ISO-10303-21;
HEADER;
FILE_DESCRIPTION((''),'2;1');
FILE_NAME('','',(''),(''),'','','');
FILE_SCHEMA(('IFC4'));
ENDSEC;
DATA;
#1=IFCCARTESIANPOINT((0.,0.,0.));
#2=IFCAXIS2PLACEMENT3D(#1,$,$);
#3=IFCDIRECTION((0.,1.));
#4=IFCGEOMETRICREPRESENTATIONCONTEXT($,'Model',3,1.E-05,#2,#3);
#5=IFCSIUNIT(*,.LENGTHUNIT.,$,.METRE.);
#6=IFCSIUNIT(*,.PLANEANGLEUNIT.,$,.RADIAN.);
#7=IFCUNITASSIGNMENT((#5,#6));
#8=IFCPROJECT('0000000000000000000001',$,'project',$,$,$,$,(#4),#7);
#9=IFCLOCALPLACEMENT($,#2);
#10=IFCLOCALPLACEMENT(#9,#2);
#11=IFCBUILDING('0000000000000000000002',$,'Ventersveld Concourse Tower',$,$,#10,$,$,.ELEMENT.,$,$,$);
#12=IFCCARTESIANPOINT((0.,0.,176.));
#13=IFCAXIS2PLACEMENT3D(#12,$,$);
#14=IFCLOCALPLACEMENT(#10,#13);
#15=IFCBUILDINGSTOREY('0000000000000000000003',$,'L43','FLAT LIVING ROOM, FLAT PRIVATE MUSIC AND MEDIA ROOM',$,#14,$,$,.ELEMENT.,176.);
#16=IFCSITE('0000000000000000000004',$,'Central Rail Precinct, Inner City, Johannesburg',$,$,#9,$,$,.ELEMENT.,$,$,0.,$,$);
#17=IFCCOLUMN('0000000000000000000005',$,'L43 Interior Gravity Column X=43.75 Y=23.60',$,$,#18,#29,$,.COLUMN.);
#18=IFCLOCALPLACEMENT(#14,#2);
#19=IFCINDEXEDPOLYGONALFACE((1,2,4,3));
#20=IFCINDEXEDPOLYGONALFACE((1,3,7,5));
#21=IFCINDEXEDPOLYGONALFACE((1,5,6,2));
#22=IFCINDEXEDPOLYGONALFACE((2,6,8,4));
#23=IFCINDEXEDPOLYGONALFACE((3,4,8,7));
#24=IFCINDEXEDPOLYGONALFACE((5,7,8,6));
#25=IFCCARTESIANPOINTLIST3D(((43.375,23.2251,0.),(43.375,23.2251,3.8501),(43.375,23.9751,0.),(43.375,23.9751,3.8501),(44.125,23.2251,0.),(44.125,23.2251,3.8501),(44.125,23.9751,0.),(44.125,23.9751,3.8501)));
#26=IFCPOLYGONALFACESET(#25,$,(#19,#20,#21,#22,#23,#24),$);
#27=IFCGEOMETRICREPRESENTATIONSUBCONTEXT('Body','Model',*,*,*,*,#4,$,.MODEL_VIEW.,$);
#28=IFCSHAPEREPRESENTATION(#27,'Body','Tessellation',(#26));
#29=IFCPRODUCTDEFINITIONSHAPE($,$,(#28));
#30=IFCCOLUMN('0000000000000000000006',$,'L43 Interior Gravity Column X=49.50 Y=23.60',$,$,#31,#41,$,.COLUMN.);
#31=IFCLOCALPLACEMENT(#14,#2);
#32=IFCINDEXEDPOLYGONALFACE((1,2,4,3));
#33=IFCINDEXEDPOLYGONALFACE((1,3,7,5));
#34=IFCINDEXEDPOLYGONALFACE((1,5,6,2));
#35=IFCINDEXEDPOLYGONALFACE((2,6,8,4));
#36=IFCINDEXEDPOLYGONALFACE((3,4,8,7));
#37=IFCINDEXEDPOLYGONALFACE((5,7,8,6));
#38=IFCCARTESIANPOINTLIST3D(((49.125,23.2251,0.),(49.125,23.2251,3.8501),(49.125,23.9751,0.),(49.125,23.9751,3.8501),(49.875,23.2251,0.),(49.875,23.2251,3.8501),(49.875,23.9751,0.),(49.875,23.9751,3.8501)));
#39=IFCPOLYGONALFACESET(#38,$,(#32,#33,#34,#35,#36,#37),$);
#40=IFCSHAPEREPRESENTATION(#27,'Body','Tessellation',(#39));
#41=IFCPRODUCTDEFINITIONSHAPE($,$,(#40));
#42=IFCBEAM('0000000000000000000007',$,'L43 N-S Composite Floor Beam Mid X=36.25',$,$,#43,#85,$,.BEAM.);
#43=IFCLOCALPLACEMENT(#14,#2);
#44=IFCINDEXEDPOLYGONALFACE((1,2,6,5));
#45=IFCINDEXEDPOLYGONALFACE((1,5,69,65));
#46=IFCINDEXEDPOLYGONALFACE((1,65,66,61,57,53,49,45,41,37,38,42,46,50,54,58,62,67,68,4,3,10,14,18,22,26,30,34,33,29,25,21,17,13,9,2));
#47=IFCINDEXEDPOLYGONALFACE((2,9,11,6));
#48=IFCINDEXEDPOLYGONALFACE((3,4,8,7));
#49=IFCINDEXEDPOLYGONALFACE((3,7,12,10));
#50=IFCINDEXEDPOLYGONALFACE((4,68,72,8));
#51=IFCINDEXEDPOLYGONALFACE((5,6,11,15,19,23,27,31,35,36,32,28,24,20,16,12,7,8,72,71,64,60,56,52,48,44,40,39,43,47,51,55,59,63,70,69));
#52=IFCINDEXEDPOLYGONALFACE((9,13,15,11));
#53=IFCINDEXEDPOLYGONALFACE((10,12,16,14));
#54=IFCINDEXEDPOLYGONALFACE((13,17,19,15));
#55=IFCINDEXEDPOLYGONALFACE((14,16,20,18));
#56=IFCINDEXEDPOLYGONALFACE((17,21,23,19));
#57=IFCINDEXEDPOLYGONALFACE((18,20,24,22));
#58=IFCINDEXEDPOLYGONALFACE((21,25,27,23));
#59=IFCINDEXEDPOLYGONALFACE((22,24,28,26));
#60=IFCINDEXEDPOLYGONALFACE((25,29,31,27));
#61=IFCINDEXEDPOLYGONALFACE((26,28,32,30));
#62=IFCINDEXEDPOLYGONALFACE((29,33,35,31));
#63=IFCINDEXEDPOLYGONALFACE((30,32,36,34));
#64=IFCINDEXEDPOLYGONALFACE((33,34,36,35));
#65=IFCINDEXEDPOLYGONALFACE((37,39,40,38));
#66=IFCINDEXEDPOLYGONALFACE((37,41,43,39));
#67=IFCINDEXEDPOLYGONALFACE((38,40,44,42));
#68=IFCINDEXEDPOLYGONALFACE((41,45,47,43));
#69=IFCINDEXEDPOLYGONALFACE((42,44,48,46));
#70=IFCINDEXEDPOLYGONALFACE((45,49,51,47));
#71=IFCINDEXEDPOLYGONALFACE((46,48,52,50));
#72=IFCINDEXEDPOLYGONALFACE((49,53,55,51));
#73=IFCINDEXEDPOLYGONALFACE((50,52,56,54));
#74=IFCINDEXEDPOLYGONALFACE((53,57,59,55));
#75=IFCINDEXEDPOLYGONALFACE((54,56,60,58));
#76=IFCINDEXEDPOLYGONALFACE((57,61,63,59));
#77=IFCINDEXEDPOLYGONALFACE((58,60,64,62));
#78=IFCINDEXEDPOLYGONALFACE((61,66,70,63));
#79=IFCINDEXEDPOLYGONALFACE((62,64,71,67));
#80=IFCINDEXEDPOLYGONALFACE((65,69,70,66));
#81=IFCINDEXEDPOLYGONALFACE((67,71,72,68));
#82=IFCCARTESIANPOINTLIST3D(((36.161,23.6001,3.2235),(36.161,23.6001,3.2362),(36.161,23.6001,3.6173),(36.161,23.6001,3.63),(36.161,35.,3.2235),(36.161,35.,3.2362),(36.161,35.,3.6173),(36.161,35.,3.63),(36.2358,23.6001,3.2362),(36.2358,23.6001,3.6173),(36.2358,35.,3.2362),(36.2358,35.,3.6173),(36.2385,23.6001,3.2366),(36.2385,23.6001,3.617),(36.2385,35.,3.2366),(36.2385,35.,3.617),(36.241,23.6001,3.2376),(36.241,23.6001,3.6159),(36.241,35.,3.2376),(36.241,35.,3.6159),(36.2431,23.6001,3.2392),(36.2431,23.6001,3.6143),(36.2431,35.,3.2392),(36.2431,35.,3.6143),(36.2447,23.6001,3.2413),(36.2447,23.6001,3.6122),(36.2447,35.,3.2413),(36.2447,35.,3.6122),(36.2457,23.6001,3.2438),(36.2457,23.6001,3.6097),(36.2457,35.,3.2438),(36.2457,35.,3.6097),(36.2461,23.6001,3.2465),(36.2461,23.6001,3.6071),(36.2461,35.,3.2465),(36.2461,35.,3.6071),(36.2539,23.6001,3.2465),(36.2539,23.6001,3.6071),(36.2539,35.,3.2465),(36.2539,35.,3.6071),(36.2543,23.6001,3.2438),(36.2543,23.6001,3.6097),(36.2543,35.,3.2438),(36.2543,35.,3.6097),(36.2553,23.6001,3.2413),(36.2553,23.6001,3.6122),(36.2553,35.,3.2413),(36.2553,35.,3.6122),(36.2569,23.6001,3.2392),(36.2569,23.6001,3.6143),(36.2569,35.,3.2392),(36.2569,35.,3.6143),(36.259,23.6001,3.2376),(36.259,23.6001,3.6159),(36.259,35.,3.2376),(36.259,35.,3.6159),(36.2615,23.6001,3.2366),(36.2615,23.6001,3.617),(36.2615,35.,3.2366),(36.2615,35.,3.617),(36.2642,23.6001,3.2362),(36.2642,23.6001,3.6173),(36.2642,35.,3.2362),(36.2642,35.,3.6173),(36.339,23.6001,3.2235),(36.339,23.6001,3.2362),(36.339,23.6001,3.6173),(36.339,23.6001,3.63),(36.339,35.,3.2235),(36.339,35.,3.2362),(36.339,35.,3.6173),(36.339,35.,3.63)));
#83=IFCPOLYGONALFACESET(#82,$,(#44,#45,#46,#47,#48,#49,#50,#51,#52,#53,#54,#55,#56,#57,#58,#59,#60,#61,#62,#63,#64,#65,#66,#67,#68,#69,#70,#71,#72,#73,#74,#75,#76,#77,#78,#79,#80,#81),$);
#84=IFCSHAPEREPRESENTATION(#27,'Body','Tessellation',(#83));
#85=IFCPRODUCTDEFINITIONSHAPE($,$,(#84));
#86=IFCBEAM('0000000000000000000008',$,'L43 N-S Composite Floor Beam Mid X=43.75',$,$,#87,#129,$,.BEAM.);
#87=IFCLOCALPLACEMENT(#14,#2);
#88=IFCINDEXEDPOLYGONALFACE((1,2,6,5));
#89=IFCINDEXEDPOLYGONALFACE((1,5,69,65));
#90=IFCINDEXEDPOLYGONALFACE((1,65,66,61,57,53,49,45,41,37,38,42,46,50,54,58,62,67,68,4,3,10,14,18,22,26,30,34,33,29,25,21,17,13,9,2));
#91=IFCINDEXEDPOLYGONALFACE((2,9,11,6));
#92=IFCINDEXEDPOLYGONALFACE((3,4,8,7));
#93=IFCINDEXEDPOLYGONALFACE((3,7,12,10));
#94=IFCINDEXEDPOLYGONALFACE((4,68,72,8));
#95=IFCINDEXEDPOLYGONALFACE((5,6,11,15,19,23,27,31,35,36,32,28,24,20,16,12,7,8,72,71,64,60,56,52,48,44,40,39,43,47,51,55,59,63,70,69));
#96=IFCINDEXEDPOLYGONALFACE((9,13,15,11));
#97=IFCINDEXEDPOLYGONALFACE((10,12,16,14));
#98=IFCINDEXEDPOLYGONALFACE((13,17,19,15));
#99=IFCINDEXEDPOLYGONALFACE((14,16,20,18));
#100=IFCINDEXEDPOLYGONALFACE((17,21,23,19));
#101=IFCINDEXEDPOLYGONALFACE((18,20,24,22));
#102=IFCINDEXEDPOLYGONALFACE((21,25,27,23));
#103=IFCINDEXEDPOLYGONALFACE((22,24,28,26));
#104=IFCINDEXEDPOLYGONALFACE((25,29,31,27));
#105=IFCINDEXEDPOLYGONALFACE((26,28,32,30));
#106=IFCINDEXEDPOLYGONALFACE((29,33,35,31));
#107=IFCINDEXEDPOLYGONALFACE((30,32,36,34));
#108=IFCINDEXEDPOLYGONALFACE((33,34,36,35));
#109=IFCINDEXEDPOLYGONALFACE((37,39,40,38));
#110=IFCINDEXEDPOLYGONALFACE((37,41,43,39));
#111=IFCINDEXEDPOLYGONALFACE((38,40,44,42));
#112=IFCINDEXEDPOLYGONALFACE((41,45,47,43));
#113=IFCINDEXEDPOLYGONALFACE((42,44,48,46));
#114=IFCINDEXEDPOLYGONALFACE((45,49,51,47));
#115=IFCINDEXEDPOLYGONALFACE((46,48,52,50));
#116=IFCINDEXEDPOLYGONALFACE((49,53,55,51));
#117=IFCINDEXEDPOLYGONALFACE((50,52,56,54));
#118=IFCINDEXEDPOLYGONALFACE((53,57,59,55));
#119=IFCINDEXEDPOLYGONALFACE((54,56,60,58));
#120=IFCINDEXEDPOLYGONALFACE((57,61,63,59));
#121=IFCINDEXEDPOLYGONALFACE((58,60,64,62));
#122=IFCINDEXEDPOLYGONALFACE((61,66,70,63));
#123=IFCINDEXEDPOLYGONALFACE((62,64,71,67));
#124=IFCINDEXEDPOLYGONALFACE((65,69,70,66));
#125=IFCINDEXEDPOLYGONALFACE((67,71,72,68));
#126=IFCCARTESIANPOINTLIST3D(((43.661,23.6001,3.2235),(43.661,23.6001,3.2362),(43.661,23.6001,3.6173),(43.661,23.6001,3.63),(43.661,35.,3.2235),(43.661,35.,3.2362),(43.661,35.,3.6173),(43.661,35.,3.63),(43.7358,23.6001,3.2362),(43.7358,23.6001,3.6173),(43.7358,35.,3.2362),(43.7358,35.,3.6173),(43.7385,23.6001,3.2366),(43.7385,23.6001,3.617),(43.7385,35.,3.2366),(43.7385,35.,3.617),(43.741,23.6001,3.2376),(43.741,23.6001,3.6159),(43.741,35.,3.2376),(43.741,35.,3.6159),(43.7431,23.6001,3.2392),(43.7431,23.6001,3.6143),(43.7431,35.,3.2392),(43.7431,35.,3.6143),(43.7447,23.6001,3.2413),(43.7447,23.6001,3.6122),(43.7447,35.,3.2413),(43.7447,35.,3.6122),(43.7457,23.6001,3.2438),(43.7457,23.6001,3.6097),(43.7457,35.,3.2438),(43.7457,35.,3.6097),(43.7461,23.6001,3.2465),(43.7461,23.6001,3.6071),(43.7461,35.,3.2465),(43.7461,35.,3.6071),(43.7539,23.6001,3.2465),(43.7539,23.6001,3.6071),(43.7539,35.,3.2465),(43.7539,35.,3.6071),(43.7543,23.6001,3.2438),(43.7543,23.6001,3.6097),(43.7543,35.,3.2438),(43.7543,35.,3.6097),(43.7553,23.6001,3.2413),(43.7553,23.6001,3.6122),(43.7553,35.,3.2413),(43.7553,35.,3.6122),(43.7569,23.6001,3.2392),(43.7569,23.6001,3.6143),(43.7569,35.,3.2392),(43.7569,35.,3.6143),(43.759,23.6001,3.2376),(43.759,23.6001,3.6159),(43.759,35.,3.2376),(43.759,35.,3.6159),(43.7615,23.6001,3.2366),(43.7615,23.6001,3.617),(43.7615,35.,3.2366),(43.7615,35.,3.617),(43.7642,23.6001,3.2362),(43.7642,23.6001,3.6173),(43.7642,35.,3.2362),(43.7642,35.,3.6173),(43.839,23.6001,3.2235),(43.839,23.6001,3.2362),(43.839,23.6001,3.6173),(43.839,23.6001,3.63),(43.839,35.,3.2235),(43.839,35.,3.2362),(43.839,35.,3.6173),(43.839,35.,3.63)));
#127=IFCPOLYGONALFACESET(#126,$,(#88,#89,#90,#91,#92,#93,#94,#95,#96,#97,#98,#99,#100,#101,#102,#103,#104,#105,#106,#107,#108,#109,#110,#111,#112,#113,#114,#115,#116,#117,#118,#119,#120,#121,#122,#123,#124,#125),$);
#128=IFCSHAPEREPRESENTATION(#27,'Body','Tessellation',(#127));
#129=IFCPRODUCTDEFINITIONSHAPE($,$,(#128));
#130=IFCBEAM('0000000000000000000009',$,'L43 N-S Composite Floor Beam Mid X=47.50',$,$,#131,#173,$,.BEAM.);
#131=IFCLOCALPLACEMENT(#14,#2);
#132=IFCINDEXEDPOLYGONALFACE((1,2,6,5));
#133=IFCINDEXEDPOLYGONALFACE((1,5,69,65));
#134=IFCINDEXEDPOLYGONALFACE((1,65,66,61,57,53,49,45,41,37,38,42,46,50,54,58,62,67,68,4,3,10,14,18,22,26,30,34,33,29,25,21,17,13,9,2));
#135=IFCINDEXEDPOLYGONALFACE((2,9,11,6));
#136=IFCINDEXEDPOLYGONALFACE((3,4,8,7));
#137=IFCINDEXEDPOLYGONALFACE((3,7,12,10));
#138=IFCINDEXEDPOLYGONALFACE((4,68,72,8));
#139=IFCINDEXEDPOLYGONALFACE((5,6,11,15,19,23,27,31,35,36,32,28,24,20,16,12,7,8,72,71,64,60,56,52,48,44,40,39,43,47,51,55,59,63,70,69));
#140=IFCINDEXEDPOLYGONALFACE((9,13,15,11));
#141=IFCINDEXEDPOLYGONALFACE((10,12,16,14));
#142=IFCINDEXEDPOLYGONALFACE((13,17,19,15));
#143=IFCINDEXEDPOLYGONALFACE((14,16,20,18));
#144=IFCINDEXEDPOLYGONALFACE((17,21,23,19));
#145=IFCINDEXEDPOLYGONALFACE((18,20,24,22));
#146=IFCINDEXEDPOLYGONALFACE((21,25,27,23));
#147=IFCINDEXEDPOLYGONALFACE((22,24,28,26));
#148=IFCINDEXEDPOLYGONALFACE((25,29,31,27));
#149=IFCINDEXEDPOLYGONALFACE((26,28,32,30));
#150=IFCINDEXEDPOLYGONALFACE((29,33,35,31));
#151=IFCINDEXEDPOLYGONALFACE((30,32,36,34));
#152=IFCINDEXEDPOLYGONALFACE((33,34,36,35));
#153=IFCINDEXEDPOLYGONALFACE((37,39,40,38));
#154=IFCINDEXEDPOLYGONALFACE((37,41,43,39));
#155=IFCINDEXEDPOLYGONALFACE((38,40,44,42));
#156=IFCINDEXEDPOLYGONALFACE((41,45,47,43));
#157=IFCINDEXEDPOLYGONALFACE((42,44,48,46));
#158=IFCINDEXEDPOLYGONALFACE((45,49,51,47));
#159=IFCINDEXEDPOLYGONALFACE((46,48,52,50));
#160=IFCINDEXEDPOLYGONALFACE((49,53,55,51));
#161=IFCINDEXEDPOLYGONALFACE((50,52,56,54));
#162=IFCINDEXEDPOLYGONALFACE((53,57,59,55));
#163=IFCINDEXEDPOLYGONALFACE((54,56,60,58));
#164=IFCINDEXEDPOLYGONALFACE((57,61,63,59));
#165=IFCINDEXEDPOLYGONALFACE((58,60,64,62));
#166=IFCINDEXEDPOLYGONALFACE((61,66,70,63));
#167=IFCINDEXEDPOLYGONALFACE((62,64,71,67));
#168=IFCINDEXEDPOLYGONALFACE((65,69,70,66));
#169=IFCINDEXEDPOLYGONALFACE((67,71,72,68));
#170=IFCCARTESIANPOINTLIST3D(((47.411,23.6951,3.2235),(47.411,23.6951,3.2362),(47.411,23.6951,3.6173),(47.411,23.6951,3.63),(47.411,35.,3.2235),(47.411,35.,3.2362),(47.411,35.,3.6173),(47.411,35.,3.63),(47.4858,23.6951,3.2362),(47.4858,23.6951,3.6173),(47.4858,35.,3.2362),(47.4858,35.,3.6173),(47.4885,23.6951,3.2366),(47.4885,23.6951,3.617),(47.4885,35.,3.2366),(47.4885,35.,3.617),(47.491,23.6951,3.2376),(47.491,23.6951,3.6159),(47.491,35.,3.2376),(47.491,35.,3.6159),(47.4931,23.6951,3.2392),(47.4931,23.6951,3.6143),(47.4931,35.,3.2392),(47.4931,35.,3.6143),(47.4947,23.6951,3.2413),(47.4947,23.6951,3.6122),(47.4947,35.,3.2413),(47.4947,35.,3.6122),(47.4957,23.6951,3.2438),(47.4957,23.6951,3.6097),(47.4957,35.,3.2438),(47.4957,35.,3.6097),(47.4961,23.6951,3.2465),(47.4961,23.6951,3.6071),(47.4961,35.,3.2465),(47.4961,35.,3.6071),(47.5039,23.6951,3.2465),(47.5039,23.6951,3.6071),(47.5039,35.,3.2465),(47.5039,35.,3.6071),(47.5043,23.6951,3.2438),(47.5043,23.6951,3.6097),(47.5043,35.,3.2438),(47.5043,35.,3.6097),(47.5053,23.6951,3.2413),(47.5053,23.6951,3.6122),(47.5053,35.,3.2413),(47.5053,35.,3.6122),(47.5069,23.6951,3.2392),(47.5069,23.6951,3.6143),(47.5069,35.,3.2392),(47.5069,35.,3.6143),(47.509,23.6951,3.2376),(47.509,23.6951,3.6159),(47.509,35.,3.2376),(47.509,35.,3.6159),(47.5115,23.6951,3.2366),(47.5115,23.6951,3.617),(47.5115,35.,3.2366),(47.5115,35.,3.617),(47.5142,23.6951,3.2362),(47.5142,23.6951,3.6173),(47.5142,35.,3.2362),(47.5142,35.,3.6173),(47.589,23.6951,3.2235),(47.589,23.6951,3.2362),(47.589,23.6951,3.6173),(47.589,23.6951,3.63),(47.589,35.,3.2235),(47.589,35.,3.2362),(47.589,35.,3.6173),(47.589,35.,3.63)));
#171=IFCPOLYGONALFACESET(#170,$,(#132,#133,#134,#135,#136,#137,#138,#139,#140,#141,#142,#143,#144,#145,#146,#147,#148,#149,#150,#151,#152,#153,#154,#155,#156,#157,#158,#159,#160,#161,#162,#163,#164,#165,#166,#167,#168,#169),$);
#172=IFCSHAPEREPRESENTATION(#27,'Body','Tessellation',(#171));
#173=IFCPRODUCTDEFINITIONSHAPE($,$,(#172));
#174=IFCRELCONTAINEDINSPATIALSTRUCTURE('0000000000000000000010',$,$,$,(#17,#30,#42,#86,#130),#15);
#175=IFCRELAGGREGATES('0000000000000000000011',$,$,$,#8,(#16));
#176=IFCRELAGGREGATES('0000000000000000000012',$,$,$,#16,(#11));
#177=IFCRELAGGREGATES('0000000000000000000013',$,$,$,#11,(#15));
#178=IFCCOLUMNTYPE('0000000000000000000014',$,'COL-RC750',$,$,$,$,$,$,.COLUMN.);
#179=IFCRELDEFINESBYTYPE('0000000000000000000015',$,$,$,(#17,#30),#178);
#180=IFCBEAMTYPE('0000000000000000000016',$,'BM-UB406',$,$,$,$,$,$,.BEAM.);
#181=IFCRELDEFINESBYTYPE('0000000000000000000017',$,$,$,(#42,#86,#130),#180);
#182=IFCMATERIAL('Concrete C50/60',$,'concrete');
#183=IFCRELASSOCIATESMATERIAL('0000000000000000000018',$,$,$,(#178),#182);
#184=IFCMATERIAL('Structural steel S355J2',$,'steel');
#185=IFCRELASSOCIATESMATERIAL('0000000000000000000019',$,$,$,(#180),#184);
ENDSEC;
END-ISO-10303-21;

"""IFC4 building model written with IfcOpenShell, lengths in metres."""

from ifc_helpers import new_model, si_unit, direction, frame, origin, origin_2d, place, context, subcontext, project, spatial, rectangle, i_section, extrude, material, material_profile, profile_set, type_object, element, save


model = new_model("IFC4")

# Units and contexts
model_context = context("Model", 3, precision=1e-05, world=origin(), true_north=direction((0.0, 1.0)))
body_context = subcontext(model_context, "Body", "Model", "MODEL_VIEW")
ifc_project = project(units=[si_unit("LENGTHUNIT", "METRE"), si_unit("PLANEANGLEUNIT", "RADIAN")], contexts=[model_context])

# Site, building, storey
site_placement = place(None, origin())
site = spatial("IfcSite", under=ifc_project, at=site_placement, Name="Central Rail Precinct, Inner City, Johannesburg", CompositionType="ELEMENT", RefElevation=0.0)
building_placement = place(site_placement, origin())
building = spatial("IfcBuilding", under=site, at=building_placement, Name="Ventersveld Concourse Tower", CompositionType="ELEMENT")
storey_placement = place(building_placement, frame((0.0, 0.0, 176.0)))
storey = spatial("IfcBuildingStorey", under=building, at=storey_placement, Name="L43", Description="FLAT LIVING ROOM, FLAT PRIVATE MUSIC AND MEDIA ROOM", CompositionType="ELEMENT", Elevation=176.0)

# Columns
ifc_material_1 = material(Name="Concrete C50/60", Category="concrete")
ifc_material_profile_1 = material_profile(ifc_material_1, rectangle(XDim=0.75, YDim=0.75, at=origin_2d()), Name="RC 750x750")
ifc_profile_set_1 = profile_set([ifc_material_profile_1], Name="Concrete C50/60")
column_type = type_object("IfcColumnType", Name="COL-RC750", PredefinedType="COLUMN", material=ifc_profile_set_1)
for number, where, z_axis, x_axis, name in (
    (1, (43.75, 23.6001, 0.0), (0.0, 0.0, 1.0), (1.0, 0.0, 0.0), "L43 Interior Gravity Column X=43.75 Y=23.60"),
    (2, (49.5, 23.6001, 0.0), (0.0, 0.0, 1.0), (1.0, 0.0, 0.0), "L43 Interior Gravity Column X=49.50 Y=23.60"),
):
    element("IfcColumn", number, at=place(storey_placement, frame(where, z_axis=z_axis, x_axis=x_axis)), inside=storey, type_object=column_type, Name=name, PredefinedType="COLUMN", context=body_context, shape_type="SweptSolid", body=[
        extrude(rectangle(XDim=0.75, YDim=0.75, at=origin_2d()), origin(), (0.0, 0.0, 1.0), 3.8501),
    ])

# Beams
ifc_material_2 = material(Name="Structural steel S355J2", Category="steel")
ifc_material_profile_2 = material_profile(ifc_material_2, i_section(OverallWidth=0.178, OverallDepth=0.4065, WebThickness=0.0078, FlangeThickness=0.0127, FilletRadius=0.0103, at=origin_2d()), Name="UB 406x178x60")
ifc_profile_set_2 = profile_set([ifc_material_profile_2], Name="Structural steel S355J2")
beam_type_1 = type_object("IfcBeamType", Name="BM-UB406", PredefinedType="BEAM", material=ifc_profile_set_2)
for number, where, z_axis, x_axis, name in (
    (3, (36.25, 23.6001, 3.4268), (0.0, 1.0, 0.0), (-1.0, 0.0, 0.0), "L43 N-S Composite Floor Beam Mid X=36.25"),
    (4, (43.75, 23.6001, 3.4268), (0.0, 1.0, 0.0), (-1.0, 0.0, 0.0), "L43 N-S Composite Floor Beam Mid X=43.75"),
):
    element("IfcBeam", number, at=place(storey_placement, frame(where, z_axis=z_axis, x_axis=x_axis)), inside=storey, type_object=beam_type_1, Name=name, PredefinedType="BEAM", context=body_context, shape_type="SweptSolid", body=[
        extrude(i_section(OverallWidth=0.178, OverallDepth=0.4065, WebThickness=0.0078, FlangeThickness=0.0127, FilletRadius=0.0103, at=origin_2d()), origin(), (0.0, 0.0, 1.0), 11.3999),
    ])
beam_1_placement = place(storey_placement, frame((47.5, 23.6951, 3.4268), z_axis=(0.0, 1.0, 0.0), x_axis=(-1.0, 0.0, 0.0)))
element("IfcBeam", 5, at=beam_1_placement, inside=storey, type_object=beam_type_1, Name="L43 N-S Composite Floor Beam Mid X=47.50", PredefinedType="BEAM", context=body_context, shape_type="SweptSolid", body=[
    extrude(i_section(OverallWidth=0.178, OverallDepth=0.4065, WebThickness=0.0078, FlangeThickness=0.0127, FilletRadius=0.0103, at=origin_2d()), origin(), (0.0, 0.0, 1.0), 11.3049),
])

save(model, "model.ifc")
